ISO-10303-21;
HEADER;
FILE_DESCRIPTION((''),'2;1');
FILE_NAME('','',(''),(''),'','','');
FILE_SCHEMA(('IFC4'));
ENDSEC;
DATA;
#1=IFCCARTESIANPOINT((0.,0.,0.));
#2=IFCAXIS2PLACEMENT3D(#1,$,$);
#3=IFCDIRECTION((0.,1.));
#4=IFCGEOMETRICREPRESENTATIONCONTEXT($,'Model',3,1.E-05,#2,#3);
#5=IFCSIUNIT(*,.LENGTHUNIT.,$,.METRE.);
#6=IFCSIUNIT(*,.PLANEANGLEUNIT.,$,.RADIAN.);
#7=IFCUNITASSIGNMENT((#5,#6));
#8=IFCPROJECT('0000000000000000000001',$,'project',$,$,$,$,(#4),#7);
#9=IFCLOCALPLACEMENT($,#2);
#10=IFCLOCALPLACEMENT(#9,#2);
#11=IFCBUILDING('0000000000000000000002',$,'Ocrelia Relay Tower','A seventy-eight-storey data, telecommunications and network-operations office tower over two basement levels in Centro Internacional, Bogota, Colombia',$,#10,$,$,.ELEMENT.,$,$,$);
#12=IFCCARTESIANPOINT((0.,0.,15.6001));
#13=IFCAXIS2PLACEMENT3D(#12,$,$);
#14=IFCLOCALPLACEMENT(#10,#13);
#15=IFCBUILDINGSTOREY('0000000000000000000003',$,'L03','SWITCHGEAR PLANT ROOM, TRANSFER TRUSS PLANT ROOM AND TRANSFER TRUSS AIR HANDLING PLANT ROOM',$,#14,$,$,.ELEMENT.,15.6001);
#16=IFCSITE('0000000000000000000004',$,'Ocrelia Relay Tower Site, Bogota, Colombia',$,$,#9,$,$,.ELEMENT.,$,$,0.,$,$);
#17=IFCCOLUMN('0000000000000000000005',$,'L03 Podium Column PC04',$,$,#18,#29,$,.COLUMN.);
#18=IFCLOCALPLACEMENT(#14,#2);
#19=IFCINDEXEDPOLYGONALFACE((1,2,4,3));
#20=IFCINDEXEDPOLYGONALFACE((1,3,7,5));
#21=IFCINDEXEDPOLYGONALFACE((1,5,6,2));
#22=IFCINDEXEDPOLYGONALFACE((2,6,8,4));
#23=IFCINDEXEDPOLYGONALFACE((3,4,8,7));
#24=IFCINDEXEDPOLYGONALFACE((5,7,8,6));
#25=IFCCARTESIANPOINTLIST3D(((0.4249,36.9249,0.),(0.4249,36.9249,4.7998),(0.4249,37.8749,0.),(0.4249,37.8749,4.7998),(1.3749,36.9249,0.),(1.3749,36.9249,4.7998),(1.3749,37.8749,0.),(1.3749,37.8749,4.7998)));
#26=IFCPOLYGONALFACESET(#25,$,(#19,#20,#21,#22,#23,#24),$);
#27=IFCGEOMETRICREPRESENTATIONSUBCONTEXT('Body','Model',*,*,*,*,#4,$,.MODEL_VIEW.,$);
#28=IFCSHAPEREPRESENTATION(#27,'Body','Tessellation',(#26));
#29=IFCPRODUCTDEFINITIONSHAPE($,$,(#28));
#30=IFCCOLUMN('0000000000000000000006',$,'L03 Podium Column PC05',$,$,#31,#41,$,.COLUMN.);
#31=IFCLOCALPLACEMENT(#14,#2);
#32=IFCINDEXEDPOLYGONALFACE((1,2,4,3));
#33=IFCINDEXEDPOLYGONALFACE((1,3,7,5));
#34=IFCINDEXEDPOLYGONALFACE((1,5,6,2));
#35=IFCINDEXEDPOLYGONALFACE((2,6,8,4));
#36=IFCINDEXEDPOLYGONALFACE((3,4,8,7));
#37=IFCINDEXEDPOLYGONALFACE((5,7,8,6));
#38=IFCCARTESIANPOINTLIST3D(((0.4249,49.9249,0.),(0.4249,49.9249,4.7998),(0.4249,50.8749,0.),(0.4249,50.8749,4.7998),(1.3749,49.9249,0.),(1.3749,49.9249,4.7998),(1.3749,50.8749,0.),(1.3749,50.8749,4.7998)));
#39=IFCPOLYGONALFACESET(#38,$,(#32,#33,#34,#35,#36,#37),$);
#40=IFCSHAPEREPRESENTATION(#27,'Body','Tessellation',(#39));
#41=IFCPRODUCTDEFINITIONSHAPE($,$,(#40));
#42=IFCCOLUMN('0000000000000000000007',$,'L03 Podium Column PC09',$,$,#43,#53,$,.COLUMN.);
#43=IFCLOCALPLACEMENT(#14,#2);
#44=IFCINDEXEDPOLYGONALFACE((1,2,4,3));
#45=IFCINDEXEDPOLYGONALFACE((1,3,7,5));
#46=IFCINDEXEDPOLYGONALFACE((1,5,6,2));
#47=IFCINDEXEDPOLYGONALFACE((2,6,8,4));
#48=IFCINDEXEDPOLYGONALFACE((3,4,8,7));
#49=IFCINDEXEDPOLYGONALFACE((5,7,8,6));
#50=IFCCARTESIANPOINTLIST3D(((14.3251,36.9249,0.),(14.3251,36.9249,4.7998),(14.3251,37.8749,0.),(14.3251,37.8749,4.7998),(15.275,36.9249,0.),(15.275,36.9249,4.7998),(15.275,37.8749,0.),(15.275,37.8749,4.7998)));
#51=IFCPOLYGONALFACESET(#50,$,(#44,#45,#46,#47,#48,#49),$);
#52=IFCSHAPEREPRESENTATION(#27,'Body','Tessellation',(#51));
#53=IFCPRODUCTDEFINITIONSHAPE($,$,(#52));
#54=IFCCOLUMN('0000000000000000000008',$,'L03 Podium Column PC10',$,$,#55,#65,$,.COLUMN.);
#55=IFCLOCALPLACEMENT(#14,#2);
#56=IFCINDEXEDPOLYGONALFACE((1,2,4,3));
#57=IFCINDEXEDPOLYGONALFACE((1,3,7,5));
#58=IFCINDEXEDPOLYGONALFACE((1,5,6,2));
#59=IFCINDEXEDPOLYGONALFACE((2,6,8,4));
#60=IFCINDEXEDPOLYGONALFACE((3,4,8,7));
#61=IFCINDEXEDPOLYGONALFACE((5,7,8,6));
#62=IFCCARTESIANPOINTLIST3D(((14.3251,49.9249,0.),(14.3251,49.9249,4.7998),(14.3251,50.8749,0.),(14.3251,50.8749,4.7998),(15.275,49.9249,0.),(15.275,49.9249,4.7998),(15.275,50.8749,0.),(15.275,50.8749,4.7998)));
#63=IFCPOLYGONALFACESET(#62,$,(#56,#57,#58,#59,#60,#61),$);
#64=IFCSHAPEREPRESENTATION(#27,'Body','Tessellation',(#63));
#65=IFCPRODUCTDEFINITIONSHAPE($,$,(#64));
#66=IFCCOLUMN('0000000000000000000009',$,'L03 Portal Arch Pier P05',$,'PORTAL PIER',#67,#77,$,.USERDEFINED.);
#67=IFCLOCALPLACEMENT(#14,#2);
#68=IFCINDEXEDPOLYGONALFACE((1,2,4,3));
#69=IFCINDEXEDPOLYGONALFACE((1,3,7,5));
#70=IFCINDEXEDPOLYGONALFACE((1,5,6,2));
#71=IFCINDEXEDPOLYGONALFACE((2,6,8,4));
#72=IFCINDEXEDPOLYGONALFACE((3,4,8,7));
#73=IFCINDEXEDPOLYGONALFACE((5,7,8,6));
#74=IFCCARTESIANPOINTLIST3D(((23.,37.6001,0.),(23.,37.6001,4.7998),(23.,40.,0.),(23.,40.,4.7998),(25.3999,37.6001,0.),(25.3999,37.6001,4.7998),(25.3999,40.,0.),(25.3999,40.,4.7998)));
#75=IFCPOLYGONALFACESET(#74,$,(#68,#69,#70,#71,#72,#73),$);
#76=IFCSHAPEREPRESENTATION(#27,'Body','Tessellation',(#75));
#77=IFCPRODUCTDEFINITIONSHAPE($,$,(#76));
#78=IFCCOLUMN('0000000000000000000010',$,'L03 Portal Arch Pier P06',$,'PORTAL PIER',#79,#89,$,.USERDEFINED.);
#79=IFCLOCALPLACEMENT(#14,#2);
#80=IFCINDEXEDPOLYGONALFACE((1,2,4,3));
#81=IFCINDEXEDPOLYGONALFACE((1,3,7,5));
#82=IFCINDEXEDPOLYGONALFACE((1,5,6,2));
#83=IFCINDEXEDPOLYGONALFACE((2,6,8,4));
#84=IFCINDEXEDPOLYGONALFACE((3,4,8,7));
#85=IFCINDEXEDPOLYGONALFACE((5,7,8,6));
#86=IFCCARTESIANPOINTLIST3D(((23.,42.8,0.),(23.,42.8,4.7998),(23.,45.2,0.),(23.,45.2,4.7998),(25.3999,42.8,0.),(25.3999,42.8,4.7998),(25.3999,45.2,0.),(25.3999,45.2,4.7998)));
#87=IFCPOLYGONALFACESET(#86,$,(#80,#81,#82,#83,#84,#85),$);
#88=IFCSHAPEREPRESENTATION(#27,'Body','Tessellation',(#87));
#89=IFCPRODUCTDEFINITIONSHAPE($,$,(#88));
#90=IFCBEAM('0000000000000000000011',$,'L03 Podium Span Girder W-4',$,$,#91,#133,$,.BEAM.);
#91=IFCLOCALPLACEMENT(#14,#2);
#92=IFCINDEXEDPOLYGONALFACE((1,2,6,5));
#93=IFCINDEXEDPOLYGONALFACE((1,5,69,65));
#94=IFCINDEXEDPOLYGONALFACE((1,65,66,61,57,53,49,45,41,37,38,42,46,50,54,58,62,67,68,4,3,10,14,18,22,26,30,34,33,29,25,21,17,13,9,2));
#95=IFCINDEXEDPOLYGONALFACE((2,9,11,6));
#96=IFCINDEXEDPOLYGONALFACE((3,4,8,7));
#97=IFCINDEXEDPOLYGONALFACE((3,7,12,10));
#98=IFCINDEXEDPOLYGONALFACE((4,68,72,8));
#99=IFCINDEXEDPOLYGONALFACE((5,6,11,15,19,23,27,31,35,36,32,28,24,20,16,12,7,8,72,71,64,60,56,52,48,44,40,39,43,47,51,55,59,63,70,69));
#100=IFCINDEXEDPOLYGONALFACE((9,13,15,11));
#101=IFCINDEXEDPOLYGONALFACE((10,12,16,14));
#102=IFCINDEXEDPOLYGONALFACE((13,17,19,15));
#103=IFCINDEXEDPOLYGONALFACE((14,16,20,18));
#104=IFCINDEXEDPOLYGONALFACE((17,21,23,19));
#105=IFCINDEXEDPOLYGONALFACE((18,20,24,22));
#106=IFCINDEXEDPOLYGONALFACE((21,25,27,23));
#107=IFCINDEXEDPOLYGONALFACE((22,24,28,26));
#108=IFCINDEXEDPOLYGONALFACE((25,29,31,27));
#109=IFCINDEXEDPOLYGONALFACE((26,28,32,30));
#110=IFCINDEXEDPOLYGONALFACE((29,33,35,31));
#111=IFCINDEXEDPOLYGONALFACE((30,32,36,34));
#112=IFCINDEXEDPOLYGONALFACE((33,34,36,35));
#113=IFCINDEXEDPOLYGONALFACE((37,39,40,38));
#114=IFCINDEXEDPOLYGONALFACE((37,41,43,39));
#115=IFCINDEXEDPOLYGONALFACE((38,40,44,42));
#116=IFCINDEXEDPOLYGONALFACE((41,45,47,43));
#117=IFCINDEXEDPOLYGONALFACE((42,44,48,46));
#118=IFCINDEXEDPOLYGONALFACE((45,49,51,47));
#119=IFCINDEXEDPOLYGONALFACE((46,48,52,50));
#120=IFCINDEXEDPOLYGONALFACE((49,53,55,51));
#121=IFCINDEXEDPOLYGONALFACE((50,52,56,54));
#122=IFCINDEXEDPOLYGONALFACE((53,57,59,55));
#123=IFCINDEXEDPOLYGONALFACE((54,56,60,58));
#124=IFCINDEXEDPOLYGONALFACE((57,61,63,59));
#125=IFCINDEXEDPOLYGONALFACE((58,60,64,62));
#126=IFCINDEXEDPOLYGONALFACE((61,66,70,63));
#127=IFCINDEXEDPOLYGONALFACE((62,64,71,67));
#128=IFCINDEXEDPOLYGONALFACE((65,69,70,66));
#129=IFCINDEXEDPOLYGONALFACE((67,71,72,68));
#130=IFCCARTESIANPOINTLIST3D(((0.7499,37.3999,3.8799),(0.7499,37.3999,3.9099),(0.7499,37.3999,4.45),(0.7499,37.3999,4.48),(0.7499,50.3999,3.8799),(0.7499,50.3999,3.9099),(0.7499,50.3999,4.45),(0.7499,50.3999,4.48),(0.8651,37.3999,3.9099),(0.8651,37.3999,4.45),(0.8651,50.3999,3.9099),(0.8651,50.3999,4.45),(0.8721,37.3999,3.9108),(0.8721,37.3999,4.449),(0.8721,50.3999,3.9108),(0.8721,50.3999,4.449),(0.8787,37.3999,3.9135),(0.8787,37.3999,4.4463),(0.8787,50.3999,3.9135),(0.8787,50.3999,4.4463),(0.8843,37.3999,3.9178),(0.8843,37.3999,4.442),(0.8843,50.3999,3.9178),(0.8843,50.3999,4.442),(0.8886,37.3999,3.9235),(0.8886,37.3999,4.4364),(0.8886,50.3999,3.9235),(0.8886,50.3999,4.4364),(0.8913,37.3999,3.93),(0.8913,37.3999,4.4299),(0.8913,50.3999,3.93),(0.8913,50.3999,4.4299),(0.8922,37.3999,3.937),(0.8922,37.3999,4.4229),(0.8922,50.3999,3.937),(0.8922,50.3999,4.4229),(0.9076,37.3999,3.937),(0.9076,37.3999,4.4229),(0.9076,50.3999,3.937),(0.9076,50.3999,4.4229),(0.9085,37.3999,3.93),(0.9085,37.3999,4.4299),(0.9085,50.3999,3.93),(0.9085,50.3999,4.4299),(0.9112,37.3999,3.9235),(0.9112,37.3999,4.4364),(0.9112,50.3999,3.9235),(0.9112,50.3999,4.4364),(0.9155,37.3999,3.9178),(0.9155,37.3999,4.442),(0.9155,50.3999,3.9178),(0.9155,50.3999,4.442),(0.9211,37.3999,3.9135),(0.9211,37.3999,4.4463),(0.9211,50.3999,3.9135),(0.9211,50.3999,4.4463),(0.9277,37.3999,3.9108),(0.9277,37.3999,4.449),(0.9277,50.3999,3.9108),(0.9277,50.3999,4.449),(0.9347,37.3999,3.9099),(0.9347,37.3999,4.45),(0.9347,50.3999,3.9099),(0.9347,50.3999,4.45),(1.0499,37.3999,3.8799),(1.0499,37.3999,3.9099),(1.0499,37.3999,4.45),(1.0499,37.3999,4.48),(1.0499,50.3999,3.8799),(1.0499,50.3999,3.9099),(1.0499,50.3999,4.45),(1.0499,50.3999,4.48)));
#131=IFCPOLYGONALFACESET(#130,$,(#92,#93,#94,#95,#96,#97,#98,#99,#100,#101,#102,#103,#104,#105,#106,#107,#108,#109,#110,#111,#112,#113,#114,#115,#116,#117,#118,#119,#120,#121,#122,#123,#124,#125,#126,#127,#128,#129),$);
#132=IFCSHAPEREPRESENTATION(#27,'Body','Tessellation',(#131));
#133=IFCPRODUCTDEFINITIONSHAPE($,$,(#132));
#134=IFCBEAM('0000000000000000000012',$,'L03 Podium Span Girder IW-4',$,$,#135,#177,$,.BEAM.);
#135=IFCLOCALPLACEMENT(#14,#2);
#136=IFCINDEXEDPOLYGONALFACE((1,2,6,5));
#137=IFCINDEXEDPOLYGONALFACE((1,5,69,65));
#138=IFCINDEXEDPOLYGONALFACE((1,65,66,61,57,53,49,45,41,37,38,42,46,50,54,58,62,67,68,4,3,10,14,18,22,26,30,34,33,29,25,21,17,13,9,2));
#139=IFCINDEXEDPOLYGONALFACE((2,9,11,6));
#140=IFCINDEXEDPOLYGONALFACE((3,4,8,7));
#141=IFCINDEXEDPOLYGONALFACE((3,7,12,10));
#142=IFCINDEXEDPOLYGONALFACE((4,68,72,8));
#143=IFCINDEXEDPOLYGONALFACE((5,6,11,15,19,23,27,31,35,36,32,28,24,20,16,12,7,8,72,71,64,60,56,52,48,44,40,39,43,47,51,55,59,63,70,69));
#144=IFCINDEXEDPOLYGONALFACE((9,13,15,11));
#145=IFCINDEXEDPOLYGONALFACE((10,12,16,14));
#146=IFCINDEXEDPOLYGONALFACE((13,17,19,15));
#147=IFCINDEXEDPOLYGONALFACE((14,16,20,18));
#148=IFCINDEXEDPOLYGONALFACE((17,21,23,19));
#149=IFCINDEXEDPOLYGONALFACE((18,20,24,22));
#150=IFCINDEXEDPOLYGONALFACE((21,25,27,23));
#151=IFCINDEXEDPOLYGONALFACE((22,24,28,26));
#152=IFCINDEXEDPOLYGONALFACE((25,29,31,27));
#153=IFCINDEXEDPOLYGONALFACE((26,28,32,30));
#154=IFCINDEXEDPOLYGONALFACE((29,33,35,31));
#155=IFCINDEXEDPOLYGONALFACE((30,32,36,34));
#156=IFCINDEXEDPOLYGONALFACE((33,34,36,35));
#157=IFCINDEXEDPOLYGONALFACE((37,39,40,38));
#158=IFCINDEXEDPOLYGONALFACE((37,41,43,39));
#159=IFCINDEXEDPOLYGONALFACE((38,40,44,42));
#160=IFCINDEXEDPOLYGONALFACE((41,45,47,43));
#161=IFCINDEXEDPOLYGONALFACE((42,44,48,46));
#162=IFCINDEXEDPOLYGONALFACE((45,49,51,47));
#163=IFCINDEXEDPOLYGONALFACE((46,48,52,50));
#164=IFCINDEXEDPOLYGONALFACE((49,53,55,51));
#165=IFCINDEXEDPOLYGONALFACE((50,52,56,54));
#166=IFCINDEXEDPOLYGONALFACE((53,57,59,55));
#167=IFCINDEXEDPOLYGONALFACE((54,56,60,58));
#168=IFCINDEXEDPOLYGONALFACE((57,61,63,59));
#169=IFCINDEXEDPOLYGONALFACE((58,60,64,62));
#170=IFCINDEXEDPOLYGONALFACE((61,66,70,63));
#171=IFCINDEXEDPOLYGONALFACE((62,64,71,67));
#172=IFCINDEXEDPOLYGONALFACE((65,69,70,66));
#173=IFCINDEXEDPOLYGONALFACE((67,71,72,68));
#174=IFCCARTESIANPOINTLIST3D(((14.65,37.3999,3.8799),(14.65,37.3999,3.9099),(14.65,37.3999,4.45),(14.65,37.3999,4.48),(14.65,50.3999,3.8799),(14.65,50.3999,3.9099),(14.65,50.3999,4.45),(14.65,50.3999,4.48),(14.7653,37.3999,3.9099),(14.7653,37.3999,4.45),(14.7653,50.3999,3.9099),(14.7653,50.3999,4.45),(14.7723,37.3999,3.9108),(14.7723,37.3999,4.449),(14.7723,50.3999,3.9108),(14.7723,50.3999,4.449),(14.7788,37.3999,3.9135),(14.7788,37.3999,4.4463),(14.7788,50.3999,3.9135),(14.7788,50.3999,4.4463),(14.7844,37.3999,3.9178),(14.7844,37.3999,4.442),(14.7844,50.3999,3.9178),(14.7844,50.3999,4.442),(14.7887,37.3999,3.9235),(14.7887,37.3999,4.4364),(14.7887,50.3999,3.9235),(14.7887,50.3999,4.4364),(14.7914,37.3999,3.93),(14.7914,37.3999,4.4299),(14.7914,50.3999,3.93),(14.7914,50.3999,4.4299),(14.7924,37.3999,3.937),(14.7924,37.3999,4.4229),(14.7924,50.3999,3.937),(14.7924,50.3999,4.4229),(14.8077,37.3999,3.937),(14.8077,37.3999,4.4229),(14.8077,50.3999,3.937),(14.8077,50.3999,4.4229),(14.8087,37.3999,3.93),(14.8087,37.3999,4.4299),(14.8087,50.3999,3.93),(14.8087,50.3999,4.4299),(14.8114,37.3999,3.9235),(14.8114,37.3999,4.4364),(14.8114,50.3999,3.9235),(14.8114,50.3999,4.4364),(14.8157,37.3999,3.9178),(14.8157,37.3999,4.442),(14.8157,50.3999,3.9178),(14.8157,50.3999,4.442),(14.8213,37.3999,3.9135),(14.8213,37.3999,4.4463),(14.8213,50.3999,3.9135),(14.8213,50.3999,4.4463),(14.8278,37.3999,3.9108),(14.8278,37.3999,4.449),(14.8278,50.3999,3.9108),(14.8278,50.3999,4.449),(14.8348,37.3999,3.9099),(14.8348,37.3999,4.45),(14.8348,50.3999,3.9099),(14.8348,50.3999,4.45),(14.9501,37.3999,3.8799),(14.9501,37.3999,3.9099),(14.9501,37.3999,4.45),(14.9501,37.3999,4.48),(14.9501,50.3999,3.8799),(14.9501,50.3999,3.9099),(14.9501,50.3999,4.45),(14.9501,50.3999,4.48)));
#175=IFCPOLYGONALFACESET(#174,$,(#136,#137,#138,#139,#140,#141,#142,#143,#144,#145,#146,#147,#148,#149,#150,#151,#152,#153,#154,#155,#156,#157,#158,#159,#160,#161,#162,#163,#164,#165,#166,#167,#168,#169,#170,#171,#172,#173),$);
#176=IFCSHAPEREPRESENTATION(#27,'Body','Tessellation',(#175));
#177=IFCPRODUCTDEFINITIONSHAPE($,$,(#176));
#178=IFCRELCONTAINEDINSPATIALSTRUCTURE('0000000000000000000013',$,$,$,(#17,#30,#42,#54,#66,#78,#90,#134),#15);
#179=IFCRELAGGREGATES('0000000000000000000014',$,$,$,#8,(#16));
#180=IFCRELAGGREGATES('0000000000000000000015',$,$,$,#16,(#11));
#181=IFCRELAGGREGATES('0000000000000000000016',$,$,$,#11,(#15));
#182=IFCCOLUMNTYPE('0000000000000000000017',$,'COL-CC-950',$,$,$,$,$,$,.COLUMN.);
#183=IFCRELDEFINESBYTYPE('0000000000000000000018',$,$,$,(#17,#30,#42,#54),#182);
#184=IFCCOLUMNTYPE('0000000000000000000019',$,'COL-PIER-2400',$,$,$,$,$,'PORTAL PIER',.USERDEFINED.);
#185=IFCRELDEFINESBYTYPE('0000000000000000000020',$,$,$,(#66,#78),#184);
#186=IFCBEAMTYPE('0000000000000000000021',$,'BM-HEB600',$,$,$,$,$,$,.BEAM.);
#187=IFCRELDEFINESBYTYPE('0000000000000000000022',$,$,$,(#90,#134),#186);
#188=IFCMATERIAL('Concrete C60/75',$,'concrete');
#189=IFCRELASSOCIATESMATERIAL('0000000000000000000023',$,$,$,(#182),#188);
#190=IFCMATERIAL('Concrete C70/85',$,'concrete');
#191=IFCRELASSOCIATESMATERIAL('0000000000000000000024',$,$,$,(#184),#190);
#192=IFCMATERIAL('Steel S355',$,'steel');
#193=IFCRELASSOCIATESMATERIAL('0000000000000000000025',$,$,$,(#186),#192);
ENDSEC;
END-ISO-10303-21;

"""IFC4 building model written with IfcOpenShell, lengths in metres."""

from ifc_helpers import new_model, si_unit, direction, frame, origin, origin_2d, place, context, subcontext, project, spatial, rectangle, i_section, extrude, material, material_profile, profile_set, type_object, element, save


model = new_model("IFC4")

# Units and contexts
model_context = context("Model", 3, precision=1e-05, world=origin(), true_north=direction((0.0, 1.0)))
body_context = subcontext(model_context, "Body", "Model", "MODEL_VIEW")
ifc_project = project(units=[si_unit("LENGTHUNIT", "METRE"), si_unit("PLANEANGLEUNIT", "RADIAN")], contexts=[model_context])

# Site, building, storey
site_placement = place(None, origin())
site = spatial("IfcSite", under=ifc_project, at=site_placement, Name="Ocrelia Relay Tower Site, Bogota, Colombia", CompositionType="ELEMENT", RefElevation=0.0)
building_placement = place(site_placement, origin())
building = spatial("IfcBuilding", under=site, at=building_placement, Name="Ocrelia Relay Tower", Description="A seventy-eight-storey data, telecommunications and network-operations office tower over two basement levels in Centro Internacional, Bogota, Colombia", CompositionType="ELEMENT")
storey_placement = place(building_placement, frame((0.0, 0.0, 15.6001)))
storey = spatial("IfcBuildingStorey", under=building, at=storey_placement, Name="L03", Description="SWITCHGEAR PLANT ROOM, TRANSFER TRUSS PLANT ROOM AND TRANSFER TRUSS AIR HANDLING PLANT ROOM", CompositionType="ELEMENT", Elevation=15.6001)

# Columns
ifc_material_1 = material(Name="Concrete C60/75", Category="concrete")
ifc_material_profile_1 = material_profile(ifc_material_1, rectangle(XDim=0.95, YDim=0.95, at=origin_2d()), Name="RC-COL-950x950")
ifc_profile_set_1 = profile_set([ifc_material_profile_1], Name="Concrete C60/75")
column_type_1 = type_object("IfcColumnType", Name="COL-CC-950", PredefinedType="COLUMN", material=ifc_profile_set_1)
for number, where, z_axis, x_axis, name in (
    (1, (0.8999, 37.3999, 0.0), (0.0, 0.0, 1.0), (1.0, 0.0, 0.0), "L03 Podium Column PC04"),
    (2, (0.8999, 50.3999, 0.0), (0.0, 0.0, 1.0), (1.0, 0.0, 0.0), "L03 Podium Column PC05"),
    (3, (14.8, 37.3999, 0.0), (0.0, 0.0, 1.0), (1.0, 0.0, 0.0), "L03 Podium Column PC09"),
    (4, (14.8, 50.3999, 0.0), (0.0, 0.0, 1.0), (1.0, 0.0, 0.0), "L03 Podium Column PC10"),
):
    element("IfcColumn", number, at=place(storey_placement, frame(where, z_axis=z_axis, x_axis=x_axis)), inside=storey, type_object=column_type_1, Name=name, PredefinedType="COLUMN", context=body_context, shape_type="SweptSolid", body=[
        extrude(rectangle(XDim=0.95, YDim=0.95, at=origin_2d()), origin(), (0.0, 0.0, 1.0), 4.7998),
    ])
ifc_material_2 = material(Name="Concrete C70/85", Category="concrete")
ifc_material_profile_2 = material_profile(ifc_material_2, rectangle(XDim=2.3999, YDim=2.3999, at=origin_2d()), Name="RC-PIER-2400x2400")
ifc_profile_set_2 = profile_set([ifc_material_profile_2], Name="Concrete C70/85")
column_type_2 = type_object("IfcColumnType", Name="COL-PIER-2400", ElementType="PORTAL PIER", PredefinedType="USERDEFINED", material=ifc_profile_set_2)
for number, where, z_axis, x_axis, name in (
    (5, (24.2, 38.8, 0.0), (0.0, 0.0, 1.0), (1.0, 0.0, 0.0), "L03 Portal Arch Pier P05"),
    (6, (24.2, 44.0, 0.0), (0.0, 0.0, 1.0), (1.0, 0.0, 0.0), "L03 Portal Arch Pier P06"),
):
    element("IfcColumn", number, at=place(storey_placement, frame(where, z_axis=z_axis, x_axis=x_axis)), inside=storey, type_object=column_type_2, Name=name, ObjectType="PORTAL PIER", PredefinedType="USERDEFINED", context=body_context, shape_type="SweptSolid", body=[
        extrude(rectangle(XDim=2.3999, YDim=2.3999, at=origin_2d()), origin(), (0.0, 0.0, 1.0), 4.7998),
    ])

# Beams
ifc_material_3 = material(Name="Steel S355", Category="steel")
ifc_material_profile_3 = material_profile(ifc_material_3, i_section(OverallWidth=0.3, OverallDepth=0.6001, WebThickness=0.0154, FlangeThickness=0.03, FilletRadius=0.0271, at=origin_2d()), Name="HEB 600")
ifc_profile_set_3 = profile_set([ifc_material_profile_3], Name="Steel S355")
beam_type_1 = type_object("IfcBeamType", Name="BM-HEB600", PredefinedType="BEAM", material=ifc_profile_set_3)
for number, where, z_axis, x_axis, name in (
    (7, (0.8999, 37.3999, 4.1799), (0.0, 1.0, 0.0), (-1.0, 0.0, 0.0), "L03 Podium Span Girder W-4"),
    (8, (14.8, 37.3999, 4.1799), (0.0, 1.0, 0.0), (-1.0, 0.0, 0.0), "L03 Podium Span Girder IW-4"),
):
    element("IfcBeam", number, at=place(storey_placement, frame(where, z_axis=z_axis, x_axis=x_axis)), inside=storey, type_object=beam_type_1, Name=name, PredefinedType="BEAM", context=body_context, shape_type="SweptSolid", body=[
        extrude(i_section(OverallWidth=0.3, OverallDepth=0.6001, WebThickness=0.0154, FlangeThickness=0.03, FilletRadius=0.0271, at=origin_2d()), origin(), (0.0, 0.0, 1.0), 13.0),
    ])

save(model, "model.ifc")
